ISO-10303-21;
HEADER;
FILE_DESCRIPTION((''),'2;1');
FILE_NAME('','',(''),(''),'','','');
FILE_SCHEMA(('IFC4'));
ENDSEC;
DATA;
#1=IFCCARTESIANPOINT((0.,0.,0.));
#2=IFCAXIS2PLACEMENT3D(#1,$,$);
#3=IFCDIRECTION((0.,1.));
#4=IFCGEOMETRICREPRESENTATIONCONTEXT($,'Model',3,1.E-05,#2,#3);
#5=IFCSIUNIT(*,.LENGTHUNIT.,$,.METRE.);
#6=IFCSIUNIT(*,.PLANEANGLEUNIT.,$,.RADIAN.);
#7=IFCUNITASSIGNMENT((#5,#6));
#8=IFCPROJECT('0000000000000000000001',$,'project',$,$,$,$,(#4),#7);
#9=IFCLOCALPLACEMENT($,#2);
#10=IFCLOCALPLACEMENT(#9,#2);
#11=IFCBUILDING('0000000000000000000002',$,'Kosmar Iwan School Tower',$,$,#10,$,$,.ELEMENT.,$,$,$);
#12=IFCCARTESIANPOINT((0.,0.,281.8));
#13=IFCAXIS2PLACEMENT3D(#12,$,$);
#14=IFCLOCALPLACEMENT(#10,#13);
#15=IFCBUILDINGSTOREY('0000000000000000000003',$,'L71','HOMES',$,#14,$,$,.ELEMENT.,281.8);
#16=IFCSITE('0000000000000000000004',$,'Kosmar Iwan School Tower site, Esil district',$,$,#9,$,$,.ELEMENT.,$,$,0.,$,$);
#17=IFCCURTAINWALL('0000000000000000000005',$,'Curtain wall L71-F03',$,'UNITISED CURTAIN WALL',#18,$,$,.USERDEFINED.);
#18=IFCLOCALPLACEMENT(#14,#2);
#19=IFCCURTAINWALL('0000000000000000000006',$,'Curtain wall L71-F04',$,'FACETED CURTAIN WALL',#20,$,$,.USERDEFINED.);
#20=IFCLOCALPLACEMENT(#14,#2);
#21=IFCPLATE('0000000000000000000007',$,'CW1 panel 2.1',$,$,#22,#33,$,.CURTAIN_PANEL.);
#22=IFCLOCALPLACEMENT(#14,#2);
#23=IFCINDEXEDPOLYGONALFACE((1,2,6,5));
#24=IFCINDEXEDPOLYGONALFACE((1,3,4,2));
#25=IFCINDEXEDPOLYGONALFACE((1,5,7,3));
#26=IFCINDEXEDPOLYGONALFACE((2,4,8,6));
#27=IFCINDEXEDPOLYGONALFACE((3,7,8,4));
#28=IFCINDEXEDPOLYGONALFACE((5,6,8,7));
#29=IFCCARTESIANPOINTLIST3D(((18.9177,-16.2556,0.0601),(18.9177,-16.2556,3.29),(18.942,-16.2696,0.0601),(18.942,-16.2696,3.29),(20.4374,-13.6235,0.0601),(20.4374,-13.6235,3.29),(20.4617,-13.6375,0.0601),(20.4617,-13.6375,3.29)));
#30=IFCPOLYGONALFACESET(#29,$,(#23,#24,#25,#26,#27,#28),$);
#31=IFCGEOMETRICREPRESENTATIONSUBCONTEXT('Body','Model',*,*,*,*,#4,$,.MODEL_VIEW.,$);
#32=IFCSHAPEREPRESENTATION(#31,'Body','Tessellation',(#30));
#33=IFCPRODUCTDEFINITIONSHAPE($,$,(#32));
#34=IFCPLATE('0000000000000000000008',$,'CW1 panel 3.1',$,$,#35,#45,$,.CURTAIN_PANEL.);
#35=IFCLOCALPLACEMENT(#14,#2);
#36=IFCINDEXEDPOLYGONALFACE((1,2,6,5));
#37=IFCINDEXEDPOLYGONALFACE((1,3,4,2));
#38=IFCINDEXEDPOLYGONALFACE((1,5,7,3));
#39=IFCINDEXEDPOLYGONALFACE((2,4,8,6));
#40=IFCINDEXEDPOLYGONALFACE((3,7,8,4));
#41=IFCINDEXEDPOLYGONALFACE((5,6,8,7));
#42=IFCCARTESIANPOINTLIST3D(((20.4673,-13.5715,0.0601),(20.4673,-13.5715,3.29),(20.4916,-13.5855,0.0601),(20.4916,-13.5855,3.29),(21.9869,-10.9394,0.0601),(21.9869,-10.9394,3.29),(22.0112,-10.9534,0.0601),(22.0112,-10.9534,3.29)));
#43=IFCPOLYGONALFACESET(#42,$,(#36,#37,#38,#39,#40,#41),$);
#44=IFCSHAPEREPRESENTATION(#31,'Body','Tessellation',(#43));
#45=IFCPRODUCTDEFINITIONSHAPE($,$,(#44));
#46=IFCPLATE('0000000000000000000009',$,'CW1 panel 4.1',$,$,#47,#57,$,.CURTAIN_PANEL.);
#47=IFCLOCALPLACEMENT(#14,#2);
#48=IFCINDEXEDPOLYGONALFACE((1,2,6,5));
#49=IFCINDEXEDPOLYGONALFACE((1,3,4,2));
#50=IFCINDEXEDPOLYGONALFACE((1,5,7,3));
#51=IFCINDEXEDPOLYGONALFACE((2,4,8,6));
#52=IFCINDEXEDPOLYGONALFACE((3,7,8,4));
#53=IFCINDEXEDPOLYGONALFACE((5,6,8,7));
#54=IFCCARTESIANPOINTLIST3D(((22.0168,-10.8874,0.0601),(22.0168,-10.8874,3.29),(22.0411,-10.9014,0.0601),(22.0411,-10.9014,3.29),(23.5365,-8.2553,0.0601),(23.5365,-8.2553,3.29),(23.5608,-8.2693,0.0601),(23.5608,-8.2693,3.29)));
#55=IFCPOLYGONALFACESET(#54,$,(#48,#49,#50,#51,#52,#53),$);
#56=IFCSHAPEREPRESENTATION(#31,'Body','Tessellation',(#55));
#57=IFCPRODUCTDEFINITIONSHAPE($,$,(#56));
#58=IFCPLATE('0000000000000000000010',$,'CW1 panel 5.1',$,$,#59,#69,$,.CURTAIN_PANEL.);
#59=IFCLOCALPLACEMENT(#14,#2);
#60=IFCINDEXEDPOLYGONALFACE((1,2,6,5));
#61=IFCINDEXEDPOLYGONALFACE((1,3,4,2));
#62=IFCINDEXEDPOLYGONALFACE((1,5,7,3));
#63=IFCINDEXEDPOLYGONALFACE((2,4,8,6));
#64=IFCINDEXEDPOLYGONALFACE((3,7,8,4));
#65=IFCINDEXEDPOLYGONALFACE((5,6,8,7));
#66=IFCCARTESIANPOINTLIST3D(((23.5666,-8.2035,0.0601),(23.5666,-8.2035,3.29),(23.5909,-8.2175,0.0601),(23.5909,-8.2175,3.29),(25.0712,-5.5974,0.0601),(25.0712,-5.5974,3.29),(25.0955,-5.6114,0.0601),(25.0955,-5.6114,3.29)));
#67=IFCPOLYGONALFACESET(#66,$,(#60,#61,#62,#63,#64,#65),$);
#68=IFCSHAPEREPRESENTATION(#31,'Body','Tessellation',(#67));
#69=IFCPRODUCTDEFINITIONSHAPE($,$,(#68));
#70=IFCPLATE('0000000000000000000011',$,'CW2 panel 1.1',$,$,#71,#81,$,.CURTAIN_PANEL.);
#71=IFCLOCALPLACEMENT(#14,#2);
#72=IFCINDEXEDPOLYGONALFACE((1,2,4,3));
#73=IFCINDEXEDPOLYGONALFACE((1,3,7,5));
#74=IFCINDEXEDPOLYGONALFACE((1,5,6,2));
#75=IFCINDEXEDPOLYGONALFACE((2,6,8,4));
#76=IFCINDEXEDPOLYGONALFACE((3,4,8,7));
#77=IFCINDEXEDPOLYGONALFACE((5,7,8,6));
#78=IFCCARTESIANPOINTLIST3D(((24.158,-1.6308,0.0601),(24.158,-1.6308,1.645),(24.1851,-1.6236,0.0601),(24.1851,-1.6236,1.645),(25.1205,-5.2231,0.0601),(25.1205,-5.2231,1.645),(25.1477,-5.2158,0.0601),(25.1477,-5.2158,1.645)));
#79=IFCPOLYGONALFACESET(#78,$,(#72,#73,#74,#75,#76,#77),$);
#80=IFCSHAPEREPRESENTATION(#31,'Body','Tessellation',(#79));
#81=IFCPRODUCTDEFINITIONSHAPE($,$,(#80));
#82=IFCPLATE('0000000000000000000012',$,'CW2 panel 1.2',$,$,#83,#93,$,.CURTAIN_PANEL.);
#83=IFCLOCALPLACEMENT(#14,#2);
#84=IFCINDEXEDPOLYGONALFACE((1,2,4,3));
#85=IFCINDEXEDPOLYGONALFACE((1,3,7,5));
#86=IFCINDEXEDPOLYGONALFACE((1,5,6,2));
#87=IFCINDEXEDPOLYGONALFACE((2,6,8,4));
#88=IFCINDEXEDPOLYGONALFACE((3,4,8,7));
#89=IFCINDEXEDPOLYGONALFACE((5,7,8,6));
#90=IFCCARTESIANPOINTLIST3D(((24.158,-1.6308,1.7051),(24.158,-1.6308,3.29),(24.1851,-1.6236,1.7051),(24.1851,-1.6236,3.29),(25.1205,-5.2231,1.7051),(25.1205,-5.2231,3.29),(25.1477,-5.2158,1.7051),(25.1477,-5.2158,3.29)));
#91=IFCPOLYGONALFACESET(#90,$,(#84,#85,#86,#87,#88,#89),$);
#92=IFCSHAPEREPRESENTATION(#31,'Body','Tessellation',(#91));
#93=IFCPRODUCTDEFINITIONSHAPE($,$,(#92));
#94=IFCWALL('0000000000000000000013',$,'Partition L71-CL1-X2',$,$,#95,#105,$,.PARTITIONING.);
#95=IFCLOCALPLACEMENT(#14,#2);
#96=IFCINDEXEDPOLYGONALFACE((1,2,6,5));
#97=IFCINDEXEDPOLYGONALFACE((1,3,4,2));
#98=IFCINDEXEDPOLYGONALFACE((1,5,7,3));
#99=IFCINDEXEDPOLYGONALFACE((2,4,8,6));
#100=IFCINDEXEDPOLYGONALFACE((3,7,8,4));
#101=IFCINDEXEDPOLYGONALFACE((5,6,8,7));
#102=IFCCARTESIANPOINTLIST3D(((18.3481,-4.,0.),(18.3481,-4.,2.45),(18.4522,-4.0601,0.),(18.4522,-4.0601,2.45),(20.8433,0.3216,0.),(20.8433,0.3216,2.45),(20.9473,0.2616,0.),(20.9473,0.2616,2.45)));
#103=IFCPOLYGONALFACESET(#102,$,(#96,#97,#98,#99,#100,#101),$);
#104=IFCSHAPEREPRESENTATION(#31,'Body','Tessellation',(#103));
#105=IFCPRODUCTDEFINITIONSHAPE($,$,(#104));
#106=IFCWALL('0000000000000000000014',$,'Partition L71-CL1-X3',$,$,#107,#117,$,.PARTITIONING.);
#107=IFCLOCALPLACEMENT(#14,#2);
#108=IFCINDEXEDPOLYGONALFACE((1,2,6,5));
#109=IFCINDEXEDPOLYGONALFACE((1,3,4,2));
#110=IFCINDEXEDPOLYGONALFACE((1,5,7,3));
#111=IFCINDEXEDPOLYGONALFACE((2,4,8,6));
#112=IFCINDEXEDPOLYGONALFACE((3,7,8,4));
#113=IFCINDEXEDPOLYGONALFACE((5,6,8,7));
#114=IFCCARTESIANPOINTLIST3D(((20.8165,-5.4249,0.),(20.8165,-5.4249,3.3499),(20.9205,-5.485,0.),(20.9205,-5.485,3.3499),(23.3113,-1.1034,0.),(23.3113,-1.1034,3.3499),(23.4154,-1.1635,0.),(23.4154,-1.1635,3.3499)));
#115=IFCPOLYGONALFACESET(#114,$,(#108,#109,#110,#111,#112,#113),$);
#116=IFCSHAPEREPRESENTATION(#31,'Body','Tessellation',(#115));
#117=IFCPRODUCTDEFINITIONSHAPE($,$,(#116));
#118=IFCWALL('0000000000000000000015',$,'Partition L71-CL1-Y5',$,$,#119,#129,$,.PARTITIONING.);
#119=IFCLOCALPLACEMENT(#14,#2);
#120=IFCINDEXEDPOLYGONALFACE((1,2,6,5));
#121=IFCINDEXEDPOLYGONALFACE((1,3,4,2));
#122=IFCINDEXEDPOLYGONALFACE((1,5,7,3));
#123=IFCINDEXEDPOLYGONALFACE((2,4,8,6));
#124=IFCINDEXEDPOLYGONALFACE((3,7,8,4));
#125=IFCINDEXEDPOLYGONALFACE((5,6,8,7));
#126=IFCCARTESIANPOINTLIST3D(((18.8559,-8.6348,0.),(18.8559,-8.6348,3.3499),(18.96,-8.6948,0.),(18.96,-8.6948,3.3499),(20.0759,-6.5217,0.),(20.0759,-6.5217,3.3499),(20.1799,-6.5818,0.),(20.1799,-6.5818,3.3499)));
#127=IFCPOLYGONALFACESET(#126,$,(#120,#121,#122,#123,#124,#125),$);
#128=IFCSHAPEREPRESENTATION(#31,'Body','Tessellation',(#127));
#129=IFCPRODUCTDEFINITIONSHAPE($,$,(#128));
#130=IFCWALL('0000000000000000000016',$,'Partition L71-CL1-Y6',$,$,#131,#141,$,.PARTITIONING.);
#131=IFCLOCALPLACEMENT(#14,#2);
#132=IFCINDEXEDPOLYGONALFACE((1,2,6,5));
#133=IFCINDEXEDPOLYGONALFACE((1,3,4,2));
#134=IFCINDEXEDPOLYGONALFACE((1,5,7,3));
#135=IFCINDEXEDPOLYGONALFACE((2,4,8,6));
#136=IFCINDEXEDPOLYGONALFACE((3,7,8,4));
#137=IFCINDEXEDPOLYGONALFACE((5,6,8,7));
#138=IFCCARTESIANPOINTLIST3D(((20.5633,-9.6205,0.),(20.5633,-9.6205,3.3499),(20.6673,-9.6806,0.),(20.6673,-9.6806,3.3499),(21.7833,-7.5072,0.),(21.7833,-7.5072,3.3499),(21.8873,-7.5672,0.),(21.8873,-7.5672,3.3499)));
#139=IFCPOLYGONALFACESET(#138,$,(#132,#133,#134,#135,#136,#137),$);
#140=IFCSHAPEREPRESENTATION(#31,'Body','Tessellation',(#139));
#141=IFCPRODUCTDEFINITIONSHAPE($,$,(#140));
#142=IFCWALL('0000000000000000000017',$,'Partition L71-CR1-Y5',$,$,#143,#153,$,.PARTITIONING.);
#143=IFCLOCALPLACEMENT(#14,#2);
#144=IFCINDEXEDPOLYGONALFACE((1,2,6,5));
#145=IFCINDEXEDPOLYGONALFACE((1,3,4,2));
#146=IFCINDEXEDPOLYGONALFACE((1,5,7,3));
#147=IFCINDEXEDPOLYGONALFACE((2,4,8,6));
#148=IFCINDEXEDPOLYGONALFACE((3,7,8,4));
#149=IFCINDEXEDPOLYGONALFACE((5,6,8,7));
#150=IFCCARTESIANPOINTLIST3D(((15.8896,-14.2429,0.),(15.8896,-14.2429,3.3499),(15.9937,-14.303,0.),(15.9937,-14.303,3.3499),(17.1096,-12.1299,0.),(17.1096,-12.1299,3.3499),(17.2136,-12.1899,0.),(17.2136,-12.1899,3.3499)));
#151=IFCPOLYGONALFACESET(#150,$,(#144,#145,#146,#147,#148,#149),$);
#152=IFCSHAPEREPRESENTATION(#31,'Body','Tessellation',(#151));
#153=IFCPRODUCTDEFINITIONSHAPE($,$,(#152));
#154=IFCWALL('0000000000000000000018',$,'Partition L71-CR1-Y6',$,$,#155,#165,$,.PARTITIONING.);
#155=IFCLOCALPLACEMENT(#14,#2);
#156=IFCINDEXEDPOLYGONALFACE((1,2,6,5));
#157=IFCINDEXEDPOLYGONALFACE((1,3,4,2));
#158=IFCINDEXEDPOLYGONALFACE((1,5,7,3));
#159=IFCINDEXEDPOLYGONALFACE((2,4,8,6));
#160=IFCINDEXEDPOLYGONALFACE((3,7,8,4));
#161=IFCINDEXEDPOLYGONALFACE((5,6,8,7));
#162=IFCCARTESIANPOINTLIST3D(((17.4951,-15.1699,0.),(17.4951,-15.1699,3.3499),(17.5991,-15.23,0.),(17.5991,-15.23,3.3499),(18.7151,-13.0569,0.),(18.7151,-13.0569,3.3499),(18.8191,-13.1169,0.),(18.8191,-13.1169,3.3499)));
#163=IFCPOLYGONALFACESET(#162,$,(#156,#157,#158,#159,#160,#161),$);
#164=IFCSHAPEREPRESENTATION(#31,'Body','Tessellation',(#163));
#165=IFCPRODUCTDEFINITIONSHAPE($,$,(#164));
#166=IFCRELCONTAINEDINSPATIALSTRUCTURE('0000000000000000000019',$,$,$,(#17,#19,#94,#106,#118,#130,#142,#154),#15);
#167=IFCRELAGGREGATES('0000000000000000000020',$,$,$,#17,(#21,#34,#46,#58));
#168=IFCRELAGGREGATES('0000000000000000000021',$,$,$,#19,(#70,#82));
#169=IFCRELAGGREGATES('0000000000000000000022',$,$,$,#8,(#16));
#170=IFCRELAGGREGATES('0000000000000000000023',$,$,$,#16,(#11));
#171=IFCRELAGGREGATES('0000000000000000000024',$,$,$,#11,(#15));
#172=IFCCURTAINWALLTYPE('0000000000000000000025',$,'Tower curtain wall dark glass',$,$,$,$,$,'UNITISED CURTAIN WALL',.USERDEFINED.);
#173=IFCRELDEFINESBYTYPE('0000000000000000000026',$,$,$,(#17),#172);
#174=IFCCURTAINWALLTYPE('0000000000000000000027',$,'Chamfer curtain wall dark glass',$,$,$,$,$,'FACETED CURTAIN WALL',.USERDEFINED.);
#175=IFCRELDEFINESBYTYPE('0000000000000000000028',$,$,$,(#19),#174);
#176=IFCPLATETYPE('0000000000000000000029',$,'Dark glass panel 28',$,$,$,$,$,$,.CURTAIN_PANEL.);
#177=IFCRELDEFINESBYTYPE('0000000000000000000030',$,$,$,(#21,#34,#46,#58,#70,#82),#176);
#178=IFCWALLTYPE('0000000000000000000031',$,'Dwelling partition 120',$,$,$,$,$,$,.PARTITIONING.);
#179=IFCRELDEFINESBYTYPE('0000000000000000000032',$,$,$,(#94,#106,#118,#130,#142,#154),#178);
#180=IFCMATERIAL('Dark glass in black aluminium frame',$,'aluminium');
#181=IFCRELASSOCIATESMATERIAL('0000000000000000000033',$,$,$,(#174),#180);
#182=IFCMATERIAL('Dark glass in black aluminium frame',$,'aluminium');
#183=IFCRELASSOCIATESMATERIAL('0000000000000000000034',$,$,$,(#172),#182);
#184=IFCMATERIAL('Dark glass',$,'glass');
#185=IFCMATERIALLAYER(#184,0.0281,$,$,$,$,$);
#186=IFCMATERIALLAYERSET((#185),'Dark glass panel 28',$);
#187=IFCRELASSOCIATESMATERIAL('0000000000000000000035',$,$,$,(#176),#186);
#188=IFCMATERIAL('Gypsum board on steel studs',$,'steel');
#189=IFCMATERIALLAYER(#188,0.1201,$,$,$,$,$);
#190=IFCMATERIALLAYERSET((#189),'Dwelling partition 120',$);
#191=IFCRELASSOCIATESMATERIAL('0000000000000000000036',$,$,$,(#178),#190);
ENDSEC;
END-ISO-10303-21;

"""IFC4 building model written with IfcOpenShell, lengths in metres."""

from ifc_helpers import new_model, si_unit, direction, frame, frame_2d, origin, origin_2d, place, context, subcontext, project, spatial, rectangle, extrude, material, layer, layer_set, type_object, element, aggregate, save


model = new_model("IFC4")

# Units and contexts
model_context = context("Model", 3, precision=1e-05, world=origin(), true_north=direction((0.0, 1.0)))
body_context = subcontext(model_context, "Body", "Model", "MODEL_VIEW")
ifc_project = project(units=[si_unit("LENGTHUNIT", "METRE"), si_unit("PLANEANGLEUNIT", "RADIAN")], contexts=[model_context])

# Site, building, storey
site_placement = place(None, origin())
site = spatial("IfcSite", under=ifc_project, at=site_placement, Name="Kosmar Iwan School Tower site, Esil district", CompositionType="ELEMENT", RefElevation=0.0)
building_placement = place(site_placement, origin())
building = spatial("IfcBuilding", under=site, at=building_placement, Name="Kosmar Iwan School Tower", CompositionType="ELEMENT")
storey_placement = place(building_placement, frame((0.0, 0.0, 281.8)))
storey = spatial("IfcBuildingStorey", under=building, at=storey_placement, Name="L71", Description="HOMES", CompositionType="ELEMENT", Elevation=281.8)

# Shared definitions
ifc_material_1 = material(Name="Dark glass in black aluminium frame", Category="aluminium")
curtain_wall_type_1 = type_object("IfcCurtainWallType", Name="Chamfer curtain wall dark glass", ElementType="FACETED CURTAIN WALL", PredefinedType="USERDEFINED", material=ifc_material_1)

# Curtain wall
ifc_material_2 = material(Name="Dark glass in black aluminium frame", Category="aluminium")
curtain_wall_type_2 = type_object("IfcCurtainWallType", Name="Tower curtain wall dark glass", ElementType="UNITISED CURTAIN WALL", PredefinedType="USERDEFINED", material=ifc_material_2)
curtain_wall_1_placement = place(storey_placement, origin())
curtain_wall_1 = element("IfcCurtainWall", 1, at=curtain_wall_1_placement, inside=storey, type_object=curtain_wall_type_2, Name="Curtain wall L71-F03", ObjectType="UNITISED CURTAIN WALL", PredefinedType="USERDEFINED")

# Curtain wall
curtain_wall_2_placement = place(storey_placement, origin())
curtain_wall_2 = element("IfcCurtainWall", 2, at=curtain_wall_2_placement, inside=storey, type_object=curtain_wall_type_1, Name="Curtain wall L71-F04", ObjectType="FACETED CURTAIN WALL", PredefinedType="USERDEFINED")

# Plates
ifc_material_3 = material(Name="Dark glass", Category="glass")
ifc_layer_1 = layer(ifc_material_3, 0.0281)
ifc_layer_set_1 = layer_set([ifc_layer_1], Name="Dark glass panel 28")
plate_type = type_object("IfcPlateType", Name="Dark glass panel 28", PredefinedType="CURTAIN_PANEL", material=ifc_layer_set_1)
plate_1_placement = place(storey_placement, frame((19.6897, -14.9465, 0.0601), z_axis=(0.0, 0.0, 1.0), x_axis=(0.5, 0.866025, 0.0)))
plate_1 = element("IfcPlate", 3, at=plate_1_placement, type_object=plate_type, Name="CW1 panel 2.1", PredefinedType="CURTAIN_PANEL", context=body_context, shape_type="SweptSolid", body=[
    extrude(rectangle(XDim=3.0393, YDim=0.0281, at=origin_2d()), origin(), (0.0, 0.0, 1.0), 3.23),
])
plate_2_placement = place(storey_placement, frame((21.2393, -12.2625, 0.0601), z_axis=(0.0, 0.0, 1.0), x_axis=(0.5, 0.866025, 0.0)))
plate_2 = element("IfcPlate", 4, at=plate_2_placement, type_object=plate_type, Name="CW1 panel 3.1", PredefinedType="CURTAIN_PANEL", context=body_context, shape_type="SweptSolid", body=[
    extrude(rectangle(XDim=3.0393, YDim=0.0281, at=origin_2d()), origin(), (0.0, 0.0, 1.0), 3.23),
])
plate_3_placement = place(storey_placement, frame((22.7888, -9.5784, 0.0601), z_axis=(0.0, 0.0, 1.0), x_axis=(0.5, 0.866025, 0.0)))
plate_3 = element("IfcPlate", 5, at=plate_3_placement, type_object=plate_type, Name="CW1 panel 4.1", PredefinedType="CURTAIN_PANEL", context=body_context, shape_type="SweptSolid", body=[
    extrude(rectangle(XDim=3.0393, YDim=0.0281, at=origin_2d()), origin(), (0.0, 0.0, 1.0), 3.23),
])
plate_4_placement = place(storey_placement, frame((24.3311, -6.9075, 0.0601), z_axis=(0.0, 0.0, 1.0), x_axis=(0.5, 0.866025, 0.0)))
plate_4 = element("IfcPlate", 6, at=plate_4_placement, type_object=plate_type, Name="CW1 panel 5.1", PredefinedType="CURTAIN_PANEL", context=body_context, shape_type="SweptSolid", body=[
    extrude(rectangle(XDim=3.0093, YDim=0.0281, at=origin_2d()), origin(), (0.0, 0.0, 1.0), 3.23),
])
aggregate(curtain_wall_1, [plate_1, plate_2, plate_3, plate_4])
plate_5_placement = place(storey_placement, frame((24.6528, -3.4233, 0.0601), z_axis=(0.0, 0.0, 1.0), x_axis=(-0.258819, 0.965926, 0.0)))
plate_5 = element("IfcPlate", 7, at=plate_5_placement, type_object=plate_type, Name="CW2 panel 1.1", PredefinedType="CURTAIN_PANEL", context=body_context, shape_type="SweptSolid", body=[
    extrude(rectangle(XDim=3.719, YDim=0.0281, at=origin_2d()), origin(), (0.0, 0.0, 1.0), 1.585),
])
plate_6_placement = place(storey_placement, frame((24.6528, -3.4233, 1.7051), z_axis=(0.0, 0.0, 1.0), x_axis=(-0.258819, 0.965926, 0.0)))
plate_6 = element("IfcPlate", 8, at=plate_6_placement, type_object=plate_type, Name="CW2 panel 1.2", PredefinedType="CURTAIN_PANEL", context=body_context, shape_type="SweptSolid", body=[
    extrude(rectangle(XDim=3.719, YDim=0.0281, at=origin_2d()), origin(), (0.0, 0.0, 1.0), 1.585),
])
aggregate(curtain_wall_2, [plate_5, plate_6])

# Walls
ifc_material_4 = material(Name="Gypsum board on steel studs", Category="steel")
ifc_layer_2 = layer(ifc_material_4, 0.1201)
ifc_layer_set_2 = layer_set([ifc_layer_2], Name="Dwelling partition 120")
wall_type = type_object("IfcWallType", Name="Dwelling partition 120", PredefinedType="PARTITIONING", material=ifc_layer_set_2)
wall_1_placement = place(storey_placement, frame((18.4001, -4.03, 0.0), z_axis=(0.0, 0.0, 1.0), x_axis=(0.500012, 0.866019, 0.0)))
element("IfcWall", 9, at=wall_1_placement, inside=storey, type_object=wall_type, Name="Partition L71-CL1-X2", PredefinedType="PARTITIONING", context=body_context, shape_type="SweptSolid", body=[
    extrude(rectangle(XDim=4.9902, YDim=0.1201, at=frame_2d((2.4951, 0.0))), origin(), (0.0, 0.0, 1.0), 2.45),
])
wall_2_placement = place(storey_placement, frame((20.8684, -5.4551, 0.0), z_axis=(0.0, 0.0, 1.0), x_axis=(0.499975, 0.86604, 0.0)))
element("IfcWall", 10, at=wall_2_placement, inside=storey, type_object=wall_type, Name="Partition L71-CL1-X3", PredefinedType="PARTITIONING", context=body_context, shape_type="SweptSolid", body=[
    extrude(rectangle(XDim=4.99, YDim=0.1201, at=frame_2d((2.4951, 0.0))), origin(), (0.0, 0.0, 1.0), 3.3499),
])
wall_3_placement = place(storey_placement, frame((18.908, -8.6648, 0.0), z_axis=(0.0, 0.0, 1.0), x_axis=(0.500003, 0.866024, 0.0)))
element("IfcWall", 11, at=wall_3_placement, inside=storey, type_object=wall_type, Name="Partition L71-CL1-Y5", PredefinedType="PARTITIONING", context=body_context, shape_type="SweptSolid", body=[
    extrude(rectangle(XDim=2.4399, YDim=0.1201, at=frame_2d((1.22, 0.0))), origin(), (0.0, 0.0, 1.0), 3.3499),
])
wall_4_placement = place(storey_placement, frame((20.6152, -9.6506, 0.0), z_axis=(0.0, 0.0, 1.0), x_axis=(0.499959, 0.866049, 0.0)))
element("IfcWall", 12, at=wall_4_placement, inside=storey, type_object=wall_type, Name="Partition L71-CL1-Y6", PredefinedType="PARTITIONING", context=body_context, shape_type="SweptSolid", body=[
    extrude(rectangle(XDim=2.4402, YDim=0.1201, at=frame_2d((1.2202, 0.0))), origin(), (0.0, 0.0, 1.0), 3.3499),
])
for number, where, z_axis, x_axis, name in (
    (13, (17.1616, -12.1599, 0.0), (0.0, 0.0, 1.0), (-0.500003, -0.866024, 0.0), "Partition L71-CR1-Y5"),
    (14, (18.7671, -13.0869, 0.0), (0.0, 0.0, 1.0), (-0.500003, -0.866024, 0.0), "Partition L71-CR1-Y6"),
):
    element("IfcWall", number, at=place(storey_placement, frame(where, z_axis=z_axis, x_axis=x_axis)), inside=storey, type_object=wall_type, Name=name, PredefinedType="PARTITIONING", context=body_context, shape_type="SweptSolid", body=[
        extrude(rectangle(XDim=2.4399, YDim=0.1201, at=frame_2d((1.22, 0.0))), origin(), (0.0, 0.0, 1.0), 3.3499),
    ])

save(model, "model.ifc")
